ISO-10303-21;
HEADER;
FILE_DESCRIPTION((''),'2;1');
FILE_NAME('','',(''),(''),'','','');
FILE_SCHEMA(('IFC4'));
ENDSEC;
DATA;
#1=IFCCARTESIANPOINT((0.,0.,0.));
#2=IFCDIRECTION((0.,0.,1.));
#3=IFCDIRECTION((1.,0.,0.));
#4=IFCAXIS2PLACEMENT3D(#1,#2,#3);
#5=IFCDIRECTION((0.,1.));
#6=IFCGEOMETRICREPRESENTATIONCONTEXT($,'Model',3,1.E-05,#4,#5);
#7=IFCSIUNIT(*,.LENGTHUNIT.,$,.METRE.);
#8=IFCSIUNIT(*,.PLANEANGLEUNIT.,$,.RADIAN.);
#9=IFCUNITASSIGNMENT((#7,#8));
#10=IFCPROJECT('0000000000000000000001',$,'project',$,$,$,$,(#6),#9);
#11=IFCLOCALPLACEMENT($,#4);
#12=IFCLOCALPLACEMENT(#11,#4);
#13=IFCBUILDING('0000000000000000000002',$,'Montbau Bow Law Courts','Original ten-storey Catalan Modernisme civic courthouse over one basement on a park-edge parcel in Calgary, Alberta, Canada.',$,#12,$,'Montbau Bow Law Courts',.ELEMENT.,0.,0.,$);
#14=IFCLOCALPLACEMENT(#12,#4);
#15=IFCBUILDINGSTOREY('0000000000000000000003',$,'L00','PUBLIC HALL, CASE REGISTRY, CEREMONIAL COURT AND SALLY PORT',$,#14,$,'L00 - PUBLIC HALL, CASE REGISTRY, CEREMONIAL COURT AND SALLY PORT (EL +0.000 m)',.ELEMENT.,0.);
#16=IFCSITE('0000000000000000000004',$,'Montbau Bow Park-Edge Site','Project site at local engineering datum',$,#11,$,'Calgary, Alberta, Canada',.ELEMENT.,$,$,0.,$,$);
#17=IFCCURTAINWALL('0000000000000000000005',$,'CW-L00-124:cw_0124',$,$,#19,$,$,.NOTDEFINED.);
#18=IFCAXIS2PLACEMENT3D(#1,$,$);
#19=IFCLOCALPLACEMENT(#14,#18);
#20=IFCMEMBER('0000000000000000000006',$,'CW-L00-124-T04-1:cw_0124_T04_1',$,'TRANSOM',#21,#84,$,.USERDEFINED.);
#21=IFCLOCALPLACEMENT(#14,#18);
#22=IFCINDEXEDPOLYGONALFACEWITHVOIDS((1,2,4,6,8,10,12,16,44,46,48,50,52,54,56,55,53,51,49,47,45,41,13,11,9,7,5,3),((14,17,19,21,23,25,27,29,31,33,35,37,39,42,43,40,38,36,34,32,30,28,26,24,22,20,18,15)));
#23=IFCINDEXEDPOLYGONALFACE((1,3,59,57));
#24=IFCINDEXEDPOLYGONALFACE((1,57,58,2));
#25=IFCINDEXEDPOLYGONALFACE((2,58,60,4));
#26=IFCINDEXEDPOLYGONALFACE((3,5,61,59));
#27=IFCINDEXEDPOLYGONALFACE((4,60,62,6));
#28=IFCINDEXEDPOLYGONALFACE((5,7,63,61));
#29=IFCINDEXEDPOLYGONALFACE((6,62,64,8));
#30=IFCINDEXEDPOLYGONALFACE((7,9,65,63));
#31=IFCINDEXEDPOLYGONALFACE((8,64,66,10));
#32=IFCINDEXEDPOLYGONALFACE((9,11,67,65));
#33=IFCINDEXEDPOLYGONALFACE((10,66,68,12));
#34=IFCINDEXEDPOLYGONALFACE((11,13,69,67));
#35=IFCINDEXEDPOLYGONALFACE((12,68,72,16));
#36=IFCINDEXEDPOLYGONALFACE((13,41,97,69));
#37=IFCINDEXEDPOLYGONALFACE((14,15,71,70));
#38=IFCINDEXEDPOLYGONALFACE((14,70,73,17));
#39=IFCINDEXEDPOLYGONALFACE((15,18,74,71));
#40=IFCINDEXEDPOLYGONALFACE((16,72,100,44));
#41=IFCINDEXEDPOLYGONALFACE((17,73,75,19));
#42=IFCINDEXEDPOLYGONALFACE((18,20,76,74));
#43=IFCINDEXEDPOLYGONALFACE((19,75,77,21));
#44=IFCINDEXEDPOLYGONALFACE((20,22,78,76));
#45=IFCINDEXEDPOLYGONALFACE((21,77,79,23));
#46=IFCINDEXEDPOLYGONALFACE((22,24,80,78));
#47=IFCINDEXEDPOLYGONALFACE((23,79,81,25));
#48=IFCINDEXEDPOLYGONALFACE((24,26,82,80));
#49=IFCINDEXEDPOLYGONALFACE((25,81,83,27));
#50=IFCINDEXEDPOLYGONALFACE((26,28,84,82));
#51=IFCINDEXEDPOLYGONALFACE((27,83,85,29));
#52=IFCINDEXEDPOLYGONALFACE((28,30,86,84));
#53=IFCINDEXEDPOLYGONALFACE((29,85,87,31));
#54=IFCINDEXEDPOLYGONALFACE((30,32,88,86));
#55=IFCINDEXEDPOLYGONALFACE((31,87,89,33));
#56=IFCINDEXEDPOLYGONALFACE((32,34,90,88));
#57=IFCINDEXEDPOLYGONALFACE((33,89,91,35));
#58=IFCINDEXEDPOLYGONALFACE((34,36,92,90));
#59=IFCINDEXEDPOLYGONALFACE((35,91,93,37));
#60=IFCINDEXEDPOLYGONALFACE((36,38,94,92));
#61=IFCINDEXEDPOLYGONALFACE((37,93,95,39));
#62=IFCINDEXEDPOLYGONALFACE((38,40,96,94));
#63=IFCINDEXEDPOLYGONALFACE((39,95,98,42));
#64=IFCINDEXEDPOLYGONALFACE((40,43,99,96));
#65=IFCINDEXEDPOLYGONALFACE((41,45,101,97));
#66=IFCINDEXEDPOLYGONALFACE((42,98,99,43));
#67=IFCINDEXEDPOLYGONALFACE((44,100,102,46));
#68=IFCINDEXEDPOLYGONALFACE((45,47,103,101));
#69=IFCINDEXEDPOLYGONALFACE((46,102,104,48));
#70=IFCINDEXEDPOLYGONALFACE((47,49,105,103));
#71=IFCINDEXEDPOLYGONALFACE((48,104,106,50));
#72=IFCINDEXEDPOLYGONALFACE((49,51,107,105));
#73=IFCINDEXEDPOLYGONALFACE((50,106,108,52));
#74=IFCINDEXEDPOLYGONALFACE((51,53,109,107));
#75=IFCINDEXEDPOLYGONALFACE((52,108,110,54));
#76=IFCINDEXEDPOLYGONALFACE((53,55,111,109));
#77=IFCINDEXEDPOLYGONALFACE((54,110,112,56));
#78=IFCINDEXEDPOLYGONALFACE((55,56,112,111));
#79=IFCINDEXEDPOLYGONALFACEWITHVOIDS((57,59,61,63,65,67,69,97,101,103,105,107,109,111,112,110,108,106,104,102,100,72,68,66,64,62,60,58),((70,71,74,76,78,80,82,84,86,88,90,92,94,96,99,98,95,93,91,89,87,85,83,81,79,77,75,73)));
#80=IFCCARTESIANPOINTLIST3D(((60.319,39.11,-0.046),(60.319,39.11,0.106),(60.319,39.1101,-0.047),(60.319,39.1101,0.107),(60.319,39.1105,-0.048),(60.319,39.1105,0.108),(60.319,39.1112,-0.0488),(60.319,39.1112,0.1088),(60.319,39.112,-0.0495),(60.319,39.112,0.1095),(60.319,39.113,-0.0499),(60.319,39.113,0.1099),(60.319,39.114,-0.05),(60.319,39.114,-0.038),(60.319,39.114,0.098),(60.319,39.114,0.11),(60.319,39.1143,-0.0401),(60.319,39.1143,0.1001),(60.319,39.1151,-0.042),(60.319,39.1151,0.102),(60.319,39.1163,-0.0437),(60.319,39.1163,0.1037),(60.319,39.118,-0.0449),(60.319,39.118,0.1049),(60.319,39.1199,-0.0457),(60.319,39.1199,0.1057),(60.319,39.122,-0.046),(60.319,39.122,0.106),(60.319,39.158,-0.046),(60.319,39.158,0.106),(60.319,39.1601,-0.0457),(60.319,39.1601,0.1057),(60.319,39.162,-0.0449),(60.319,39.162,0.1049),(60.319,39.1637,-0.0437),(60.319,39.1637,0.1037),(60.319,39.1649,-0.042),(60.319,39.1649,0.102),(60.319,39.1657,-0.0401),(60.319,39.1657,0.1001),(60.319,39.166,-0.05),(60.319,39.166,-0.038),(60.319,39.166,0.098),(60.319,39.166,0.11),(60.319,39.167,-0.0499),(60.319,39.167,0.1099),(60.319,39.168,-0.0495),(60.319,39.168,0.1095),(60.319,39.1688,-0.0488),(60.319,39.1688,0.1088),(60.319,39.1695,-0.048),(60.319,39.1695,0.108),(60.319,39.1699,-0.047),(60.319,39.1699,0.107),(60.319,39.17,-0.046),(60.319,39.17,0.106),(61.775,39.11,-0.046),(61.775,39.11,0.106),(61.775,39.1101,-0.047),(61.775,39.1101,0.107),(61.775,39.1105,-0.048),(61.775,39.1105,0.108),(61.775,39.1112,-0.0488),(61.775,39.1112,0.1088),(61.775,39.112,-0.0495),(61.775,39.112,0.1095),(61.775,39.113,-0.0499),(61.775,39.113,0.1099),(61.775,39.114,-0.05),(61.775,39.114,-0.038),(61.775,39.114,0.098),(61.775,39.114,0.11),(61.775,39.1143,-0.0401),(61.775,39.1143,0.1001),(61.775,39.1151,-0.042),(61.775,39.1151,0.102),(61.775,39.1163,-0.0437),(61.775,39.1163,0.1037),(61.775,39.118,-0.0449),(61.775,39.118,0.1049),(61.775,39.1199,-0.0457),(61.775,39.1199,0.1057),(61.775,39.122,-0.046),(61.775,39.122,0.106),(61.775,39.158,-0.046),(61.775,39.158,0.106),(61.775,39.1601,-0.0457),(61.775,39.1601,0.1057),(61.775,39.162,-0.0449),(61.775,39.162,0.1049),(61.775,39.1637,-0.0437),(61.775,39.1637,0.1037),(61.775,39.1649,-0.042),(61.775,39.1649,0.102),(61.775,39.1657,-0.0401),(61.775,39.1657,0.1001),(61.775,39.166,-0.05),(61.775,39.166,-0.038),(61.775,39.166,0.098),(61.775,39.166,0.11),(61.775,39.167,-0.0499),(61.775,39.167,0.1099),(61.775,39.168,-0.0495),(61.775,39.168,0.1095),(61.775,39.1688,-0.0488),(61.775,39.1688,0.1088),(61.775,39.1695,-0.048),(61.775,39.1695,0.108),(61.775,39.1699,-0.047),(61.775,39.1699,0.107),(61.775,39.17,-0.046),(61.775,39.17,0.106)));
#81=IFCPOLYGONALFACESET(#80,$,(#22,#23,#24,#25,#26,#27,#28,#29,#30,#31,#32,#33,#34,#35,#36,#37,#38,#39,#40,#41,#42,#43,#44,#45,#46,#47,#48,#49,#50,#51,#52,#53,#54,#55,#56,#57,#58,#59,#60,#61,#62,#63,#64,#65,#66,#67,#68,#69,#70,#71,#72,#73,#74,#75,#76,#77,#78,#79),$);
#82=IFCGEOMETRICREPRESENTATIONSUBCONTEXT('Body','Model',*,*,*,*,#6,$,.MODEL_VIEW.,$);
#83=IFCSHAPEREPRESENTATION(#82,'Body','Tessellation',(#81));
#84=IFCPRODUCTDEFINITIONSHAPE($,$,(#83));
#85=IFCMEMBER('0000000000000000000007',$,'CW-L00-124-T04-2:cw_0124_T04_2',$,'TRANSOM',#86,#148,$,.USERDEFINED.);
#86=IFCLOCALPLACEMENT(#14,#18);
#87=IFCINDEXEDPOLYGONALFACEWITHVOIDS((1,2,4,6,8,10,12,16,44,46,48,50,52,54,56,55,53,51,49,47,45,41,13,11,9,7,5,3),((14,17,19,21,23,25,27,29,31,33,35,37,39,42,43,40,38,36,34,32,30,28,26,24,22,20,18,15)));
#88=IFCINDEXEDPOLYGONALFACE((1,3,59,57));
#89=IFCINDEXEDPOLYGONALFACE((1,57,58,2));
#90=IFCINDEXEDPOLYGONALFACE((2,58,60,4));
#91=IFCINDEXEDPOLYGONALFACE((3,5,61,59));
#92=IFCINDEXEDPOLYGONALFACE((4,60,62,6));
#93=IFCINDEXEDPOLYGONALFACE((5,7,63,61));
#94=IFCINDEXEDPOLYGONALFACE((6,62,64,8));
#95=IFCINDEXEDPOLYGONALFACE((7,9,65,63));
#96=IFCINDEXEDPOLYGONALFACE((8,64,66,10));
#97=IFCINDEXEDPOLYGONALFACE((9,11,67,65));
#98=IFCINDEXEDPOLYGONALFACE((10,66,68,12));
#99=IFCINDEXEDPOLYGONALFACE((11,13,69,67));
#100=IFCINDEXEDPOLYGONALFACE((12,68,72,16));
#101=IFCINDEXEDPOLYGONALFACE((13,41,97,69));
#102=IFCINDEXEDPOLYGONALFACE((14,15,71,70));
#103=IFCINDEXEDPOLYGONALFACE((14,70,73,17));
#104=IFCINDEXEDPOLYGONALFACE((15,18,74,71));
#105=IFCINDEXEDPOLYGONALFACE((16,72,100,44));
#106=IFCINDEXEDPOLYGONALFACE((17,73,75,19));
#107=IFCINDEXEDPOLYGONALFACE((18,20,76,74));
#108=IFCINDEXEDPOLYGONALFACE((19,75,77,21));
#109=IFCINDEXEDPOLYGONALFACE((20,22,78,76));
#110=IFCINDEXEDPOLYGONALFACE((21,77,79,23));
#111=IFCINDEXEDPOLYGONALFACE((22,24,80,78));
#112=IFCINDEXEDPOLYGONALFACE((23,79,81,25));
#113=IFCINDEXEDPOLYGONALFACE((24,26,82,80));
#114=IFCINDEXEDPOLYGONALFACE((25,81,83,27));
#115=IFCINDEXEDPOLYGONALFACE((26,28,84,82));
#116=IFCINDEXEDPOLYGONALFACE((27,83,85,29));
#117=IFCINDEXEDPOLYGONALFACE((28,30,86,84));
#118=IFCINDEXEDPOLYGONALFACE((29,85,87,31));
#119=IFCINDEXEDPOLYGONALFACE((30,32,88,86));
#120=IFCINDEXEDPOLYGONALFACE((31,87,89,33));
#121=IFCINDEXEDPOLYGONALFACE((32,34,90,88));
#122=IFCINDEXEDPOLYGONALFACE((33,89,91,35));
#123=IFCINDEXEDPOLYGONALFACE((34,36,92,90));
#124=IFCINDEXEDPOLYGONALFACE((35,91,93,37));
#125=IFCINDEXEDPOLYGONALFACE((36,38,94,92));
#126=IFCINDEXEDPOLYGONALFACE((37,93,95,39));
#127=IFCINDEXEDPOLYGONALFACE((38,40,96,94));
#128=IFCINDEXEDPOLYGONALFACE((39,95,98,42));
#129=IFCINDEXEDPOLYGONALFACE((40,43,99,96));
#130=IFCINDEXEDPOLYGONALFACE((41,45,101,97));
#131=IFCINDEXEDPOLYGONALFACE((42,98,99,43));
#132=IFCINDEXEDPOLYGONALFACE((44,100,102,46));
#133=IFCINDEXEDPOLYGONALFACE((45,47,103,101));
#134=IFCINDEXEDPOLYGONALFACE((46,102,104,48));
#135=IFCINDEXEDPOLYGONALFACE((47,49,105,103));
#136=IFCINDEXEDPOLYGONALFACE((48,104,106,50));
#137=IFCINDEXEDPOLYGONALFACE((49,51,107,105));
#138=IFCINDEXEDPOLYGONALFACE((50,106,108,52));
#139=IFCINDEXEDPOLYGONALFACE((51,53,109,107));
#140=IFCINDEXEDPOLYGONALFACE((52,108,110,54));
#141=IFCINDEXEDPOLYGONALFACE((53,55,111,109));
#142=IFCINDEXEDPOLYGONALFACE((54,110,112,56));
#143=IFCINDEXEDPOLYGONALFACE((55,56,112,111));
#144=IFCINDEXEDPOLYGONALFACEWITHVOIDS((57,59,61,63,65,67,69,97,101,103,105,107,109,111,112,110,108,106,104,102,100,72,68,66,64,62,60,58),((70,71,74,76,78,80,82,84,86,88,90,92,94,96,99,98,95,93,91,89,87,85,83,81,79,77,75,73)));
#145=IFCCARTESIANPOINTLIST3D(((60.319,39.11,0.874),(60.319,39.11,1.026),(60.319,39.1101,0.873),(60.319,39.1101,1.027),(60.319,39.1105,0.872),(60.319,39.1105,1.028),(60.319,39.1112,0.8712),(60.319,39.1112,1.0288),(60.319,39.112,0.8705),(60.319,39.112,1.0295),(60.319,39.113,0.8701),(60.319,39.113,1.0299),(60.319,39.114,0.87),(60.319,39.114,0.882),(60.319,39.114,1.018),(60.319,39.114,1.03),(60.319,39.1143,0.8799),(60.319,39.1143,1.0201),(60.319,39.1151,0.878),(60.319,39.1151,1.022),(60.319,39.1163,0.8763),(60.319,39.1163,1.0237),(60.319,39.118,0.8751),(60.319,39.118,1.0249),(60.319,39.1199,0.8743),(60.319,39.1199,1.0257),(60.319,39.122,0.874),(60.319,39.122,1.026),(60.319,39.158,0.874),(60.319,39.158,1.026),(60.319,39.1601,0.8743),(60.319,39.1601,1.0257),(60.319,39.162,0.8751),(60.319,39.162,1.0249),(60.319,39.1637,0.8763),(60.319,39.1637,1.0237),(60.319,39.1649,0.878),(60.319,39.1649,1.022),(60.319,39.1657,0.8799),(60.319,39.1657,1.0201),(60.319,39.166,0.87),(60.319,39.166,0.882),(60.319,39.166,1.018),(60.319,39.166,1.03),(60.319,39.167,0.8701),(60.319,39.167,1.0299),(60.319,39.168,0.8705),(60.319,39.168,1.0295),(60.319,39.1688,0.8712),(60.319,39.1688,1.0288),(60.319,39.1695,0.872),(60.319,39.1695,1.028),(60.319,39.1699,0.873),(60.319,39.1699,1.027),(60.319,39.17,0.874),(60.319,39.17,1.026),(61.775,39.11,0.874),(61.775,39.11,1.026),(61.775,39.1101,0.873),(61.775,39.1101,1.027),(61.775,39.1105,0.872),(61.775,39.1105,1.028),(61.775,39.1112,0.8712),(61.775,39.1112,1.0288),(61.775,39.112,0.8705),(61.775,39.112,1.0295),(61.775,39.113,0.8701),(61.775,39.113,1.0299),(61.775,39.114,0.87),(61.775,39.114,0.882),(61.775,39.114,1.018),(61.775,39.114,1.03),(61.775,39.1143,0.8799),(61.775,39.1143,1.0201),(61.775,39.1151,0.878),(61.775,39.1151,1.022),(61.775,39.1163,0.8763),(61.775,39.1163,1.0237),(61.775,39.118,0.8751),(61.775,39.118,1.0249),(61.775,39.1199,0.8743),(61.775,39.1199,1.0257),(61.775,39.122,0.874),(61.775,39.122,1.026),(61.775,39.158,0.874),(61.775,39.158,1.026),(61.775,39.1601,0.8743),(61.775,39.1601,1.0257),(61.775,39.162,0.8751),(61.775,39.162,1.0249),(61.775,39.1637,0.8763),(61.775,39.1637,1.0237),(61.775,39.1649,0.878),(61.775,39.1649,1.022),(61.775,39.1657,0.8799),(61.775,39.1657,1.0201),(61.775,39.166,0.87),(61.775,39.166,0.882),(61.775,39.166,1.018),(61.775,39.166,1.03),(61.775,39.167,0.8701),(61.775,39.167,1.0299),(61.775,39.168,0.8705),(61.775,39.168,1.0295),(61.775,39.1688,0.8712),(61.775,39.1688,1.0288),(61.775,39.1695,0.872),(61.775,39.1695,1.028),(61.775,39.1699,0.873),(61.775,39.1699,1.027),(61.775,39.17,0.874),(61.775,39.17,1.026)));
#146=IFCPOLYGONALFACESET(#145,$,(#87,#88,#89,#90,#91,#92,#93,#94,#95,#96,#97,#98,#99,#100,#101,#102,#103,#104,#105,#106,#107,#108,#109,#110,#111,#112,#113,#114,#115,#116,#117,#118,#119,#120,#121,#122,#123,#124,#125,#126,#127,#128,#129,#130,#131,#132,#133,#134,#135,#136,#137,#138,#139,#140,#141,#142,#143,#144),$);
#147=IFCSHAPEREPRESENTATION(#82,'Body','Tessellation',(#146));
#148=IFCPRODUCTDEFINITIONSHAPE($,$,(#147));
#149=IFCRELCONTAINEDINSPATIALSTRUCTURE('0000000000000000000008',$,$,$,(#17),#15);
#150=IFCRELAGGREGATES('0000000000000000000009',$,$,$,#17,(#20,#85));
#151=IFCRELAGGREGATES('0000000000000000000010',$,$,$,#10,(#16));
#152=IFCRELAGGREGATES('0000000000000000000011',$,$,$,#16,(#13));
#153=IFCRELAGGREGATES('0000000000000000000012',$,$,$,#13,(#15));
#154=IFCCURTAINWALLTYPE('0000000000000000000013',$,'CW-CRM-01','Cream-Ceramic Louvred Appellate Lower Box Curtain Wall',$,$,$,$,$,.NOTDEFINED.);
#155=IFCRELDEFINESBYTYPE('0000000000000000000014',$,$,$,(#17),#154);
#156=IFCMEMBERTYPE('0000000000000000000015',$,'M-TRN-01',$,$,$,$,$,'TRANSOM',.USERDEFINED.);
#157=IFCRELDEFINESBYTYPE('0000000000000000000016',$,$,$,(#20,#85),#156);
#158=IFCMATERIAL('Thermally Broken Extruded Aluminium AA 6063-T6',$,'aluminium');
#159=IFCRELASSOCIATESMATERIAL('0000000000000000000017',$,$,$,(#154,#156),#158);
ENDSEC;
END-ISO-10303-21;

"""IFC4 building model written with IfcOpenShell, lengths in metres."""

from ifc_helpers import new_model, si_unit, direction, frame, origin_with_axes, origin_2d_with_axis, place, context, subcontext, project, spatial, hollow_rectangle, extrude, material, material_profile, profile_set, type_object, element, aggregate, save


model = new_model("IFC4")

# Units and contexts
model_context = context("Model", 3, precision=1e-05, world=origin_with_axes(), true_north=direction((0.0, 1.0)))
body_context = subcontext(model_context, "Body", "Model", "MODEL_VIEW")
ifc_project = project(units=[si_unit("LENGTHUNIT", "METRE"), si_unit("PLANEANGLEUNIT", "RADIAN")], contexts=[model_context])

# Site, building, storey
site_placement = place(None, origin_with_axes())
site = spatial("IfcSite", under=ifc_project, at=site_placement, Name="Montbau Bow Park-Edge Site", Description="Project site at local engineering datum", LongName="Calgary, Alberta, Canada", CompositionType="ELEMENT", RefElevation=0.0)
building_placement = place(site_placement, origin_with_axes())
building = spatial("IfcBuilding", under=site, at=building_placement, Name="Montbau Bow Law Courts", Description="Original ten-storey Catalan Modernisme civic courthouse over one basement on a park-edge parcel in Calgary, Alberta, Canada.", LongName="Montbau Bow Law Courts", CompositionType="ELEMENT", ElevationOfRefHeight=0.0, ElevationOfTerrain=0.0)
storey_placement = place(building_placement, origin_with_axes())
storey = spatial("IfcBuildingStorey", under=building, at=storey_placement, Name="L00", Description="PUBLIC HALL, CASE REGISTRY, CEREMONIAL COURT AND SALLY PORT", LongName="L00 - PUBLIC HALL, CASE REGISTRY, CEREMONIAL COURT AND SALLY PORT (EL +0.000 m)", CompositionType="ELEMENT", Elevation=0.0)

# Curtain wall, members
ifc_material_1 = material(Name="Thermally Broken Extruded Aluminium AA 6063-T6", Category="aluminium")
curtain_wall_type = type_object("IfcCurtainWallType", Name="CW-CRM-01", Description="Cream-Ceramic Louvred Appellate Lower Box Curtain Wall", PredefinedType="NOTDEFINED", material=ifc_material_1)
curtain_wall_placement = place(None, frame((55.715, 39.14, 0.0), z_axis=(0.0, 0.0, 1.0), x_axis=(1.0, 0.0, 0.0)))
curtain_wall = element("IfcCurtainWall", 1, at=curtain_wall_placement, inside=storey, type_object=curtain_wall_type, Name="CW-L00-124:cw_0124", PredefinedType="NOTDEFINED")
ifc_material_profile_1 = material_profile(ifc_material_1, hollow_rectangle(XDim=0.06, YDim=0.16, WallThickness=0.004, InnerFilletRadius=0.008, OuterFilletRadius=0.004, at=origin_2d_with_axis()), Name="CWT-160X60", Category="Main", Priority=0)
ifc_profile_set_1 = profile_set([ifc_material_profile_1], Name="Thermally Broken Extruded Aluminium AA 6063-T6")
member_type_1 = type_object("IfcMemberType", Name="M-TRN-01", ElementType="TRANSOM", PredefinedType="USERDEFINED", material=ifc_profile_set_1)
member_1_placement = place(None, frame((60.319, 39.14, 0.03), z_axis=(1.0, 0.0, 0.0), x_axis=(0.0, 1.0, 0.0)))
member_1 = element("IfcMember", 2, at=member_1_placement, type_object=member_type_1, Name="CW-L00-124-T04-1:cw_0124_T04_1", ObjectType="TRANSOM", PredefinedType="USERDEFINED", context=body_context, shape_type="SweptSolid", body=[
    extrude(hollow_rectangle(XDim=0.06, YDim=0.16, WallThickness=0.004, InnerFilletRadius=0.008, OuterFilletRadius=0.004, at=origin_2d_with_axis()), origin_with_axes(), (0.0, 0.0, 1.0), 1.456),
])
member_2_placement = place(None, frame((60.319, 39.14, 0.95), z_axis=(1.0, 0.0, 0.0), x_axis=(0.0, 1.0, 0.0)))
member_2 = element("IfcMember", 3, at=member_2_placement, type_object=member_type_1, Name="CW-L00-124-T04-2:cw_0124_T04_2", ObjectType="TRANSOM", PredefinedType="USERDEFINED", context=body_context, shape_type="SweptSolid", body=[
    extrude(hollow_rectangle(XDim=0.06, YDim=0.16, WallThickness=0.004, InnerFilletRadius=0.008, OuterFilletRadius=0.004, at=origin_2d_with_axis()), origin_with_axes(), (0.0, 0.0, 1.0), 1.456),
])
aggregate(curtain_wall, [member_1, member_2])

save(model, "model.ifc")
